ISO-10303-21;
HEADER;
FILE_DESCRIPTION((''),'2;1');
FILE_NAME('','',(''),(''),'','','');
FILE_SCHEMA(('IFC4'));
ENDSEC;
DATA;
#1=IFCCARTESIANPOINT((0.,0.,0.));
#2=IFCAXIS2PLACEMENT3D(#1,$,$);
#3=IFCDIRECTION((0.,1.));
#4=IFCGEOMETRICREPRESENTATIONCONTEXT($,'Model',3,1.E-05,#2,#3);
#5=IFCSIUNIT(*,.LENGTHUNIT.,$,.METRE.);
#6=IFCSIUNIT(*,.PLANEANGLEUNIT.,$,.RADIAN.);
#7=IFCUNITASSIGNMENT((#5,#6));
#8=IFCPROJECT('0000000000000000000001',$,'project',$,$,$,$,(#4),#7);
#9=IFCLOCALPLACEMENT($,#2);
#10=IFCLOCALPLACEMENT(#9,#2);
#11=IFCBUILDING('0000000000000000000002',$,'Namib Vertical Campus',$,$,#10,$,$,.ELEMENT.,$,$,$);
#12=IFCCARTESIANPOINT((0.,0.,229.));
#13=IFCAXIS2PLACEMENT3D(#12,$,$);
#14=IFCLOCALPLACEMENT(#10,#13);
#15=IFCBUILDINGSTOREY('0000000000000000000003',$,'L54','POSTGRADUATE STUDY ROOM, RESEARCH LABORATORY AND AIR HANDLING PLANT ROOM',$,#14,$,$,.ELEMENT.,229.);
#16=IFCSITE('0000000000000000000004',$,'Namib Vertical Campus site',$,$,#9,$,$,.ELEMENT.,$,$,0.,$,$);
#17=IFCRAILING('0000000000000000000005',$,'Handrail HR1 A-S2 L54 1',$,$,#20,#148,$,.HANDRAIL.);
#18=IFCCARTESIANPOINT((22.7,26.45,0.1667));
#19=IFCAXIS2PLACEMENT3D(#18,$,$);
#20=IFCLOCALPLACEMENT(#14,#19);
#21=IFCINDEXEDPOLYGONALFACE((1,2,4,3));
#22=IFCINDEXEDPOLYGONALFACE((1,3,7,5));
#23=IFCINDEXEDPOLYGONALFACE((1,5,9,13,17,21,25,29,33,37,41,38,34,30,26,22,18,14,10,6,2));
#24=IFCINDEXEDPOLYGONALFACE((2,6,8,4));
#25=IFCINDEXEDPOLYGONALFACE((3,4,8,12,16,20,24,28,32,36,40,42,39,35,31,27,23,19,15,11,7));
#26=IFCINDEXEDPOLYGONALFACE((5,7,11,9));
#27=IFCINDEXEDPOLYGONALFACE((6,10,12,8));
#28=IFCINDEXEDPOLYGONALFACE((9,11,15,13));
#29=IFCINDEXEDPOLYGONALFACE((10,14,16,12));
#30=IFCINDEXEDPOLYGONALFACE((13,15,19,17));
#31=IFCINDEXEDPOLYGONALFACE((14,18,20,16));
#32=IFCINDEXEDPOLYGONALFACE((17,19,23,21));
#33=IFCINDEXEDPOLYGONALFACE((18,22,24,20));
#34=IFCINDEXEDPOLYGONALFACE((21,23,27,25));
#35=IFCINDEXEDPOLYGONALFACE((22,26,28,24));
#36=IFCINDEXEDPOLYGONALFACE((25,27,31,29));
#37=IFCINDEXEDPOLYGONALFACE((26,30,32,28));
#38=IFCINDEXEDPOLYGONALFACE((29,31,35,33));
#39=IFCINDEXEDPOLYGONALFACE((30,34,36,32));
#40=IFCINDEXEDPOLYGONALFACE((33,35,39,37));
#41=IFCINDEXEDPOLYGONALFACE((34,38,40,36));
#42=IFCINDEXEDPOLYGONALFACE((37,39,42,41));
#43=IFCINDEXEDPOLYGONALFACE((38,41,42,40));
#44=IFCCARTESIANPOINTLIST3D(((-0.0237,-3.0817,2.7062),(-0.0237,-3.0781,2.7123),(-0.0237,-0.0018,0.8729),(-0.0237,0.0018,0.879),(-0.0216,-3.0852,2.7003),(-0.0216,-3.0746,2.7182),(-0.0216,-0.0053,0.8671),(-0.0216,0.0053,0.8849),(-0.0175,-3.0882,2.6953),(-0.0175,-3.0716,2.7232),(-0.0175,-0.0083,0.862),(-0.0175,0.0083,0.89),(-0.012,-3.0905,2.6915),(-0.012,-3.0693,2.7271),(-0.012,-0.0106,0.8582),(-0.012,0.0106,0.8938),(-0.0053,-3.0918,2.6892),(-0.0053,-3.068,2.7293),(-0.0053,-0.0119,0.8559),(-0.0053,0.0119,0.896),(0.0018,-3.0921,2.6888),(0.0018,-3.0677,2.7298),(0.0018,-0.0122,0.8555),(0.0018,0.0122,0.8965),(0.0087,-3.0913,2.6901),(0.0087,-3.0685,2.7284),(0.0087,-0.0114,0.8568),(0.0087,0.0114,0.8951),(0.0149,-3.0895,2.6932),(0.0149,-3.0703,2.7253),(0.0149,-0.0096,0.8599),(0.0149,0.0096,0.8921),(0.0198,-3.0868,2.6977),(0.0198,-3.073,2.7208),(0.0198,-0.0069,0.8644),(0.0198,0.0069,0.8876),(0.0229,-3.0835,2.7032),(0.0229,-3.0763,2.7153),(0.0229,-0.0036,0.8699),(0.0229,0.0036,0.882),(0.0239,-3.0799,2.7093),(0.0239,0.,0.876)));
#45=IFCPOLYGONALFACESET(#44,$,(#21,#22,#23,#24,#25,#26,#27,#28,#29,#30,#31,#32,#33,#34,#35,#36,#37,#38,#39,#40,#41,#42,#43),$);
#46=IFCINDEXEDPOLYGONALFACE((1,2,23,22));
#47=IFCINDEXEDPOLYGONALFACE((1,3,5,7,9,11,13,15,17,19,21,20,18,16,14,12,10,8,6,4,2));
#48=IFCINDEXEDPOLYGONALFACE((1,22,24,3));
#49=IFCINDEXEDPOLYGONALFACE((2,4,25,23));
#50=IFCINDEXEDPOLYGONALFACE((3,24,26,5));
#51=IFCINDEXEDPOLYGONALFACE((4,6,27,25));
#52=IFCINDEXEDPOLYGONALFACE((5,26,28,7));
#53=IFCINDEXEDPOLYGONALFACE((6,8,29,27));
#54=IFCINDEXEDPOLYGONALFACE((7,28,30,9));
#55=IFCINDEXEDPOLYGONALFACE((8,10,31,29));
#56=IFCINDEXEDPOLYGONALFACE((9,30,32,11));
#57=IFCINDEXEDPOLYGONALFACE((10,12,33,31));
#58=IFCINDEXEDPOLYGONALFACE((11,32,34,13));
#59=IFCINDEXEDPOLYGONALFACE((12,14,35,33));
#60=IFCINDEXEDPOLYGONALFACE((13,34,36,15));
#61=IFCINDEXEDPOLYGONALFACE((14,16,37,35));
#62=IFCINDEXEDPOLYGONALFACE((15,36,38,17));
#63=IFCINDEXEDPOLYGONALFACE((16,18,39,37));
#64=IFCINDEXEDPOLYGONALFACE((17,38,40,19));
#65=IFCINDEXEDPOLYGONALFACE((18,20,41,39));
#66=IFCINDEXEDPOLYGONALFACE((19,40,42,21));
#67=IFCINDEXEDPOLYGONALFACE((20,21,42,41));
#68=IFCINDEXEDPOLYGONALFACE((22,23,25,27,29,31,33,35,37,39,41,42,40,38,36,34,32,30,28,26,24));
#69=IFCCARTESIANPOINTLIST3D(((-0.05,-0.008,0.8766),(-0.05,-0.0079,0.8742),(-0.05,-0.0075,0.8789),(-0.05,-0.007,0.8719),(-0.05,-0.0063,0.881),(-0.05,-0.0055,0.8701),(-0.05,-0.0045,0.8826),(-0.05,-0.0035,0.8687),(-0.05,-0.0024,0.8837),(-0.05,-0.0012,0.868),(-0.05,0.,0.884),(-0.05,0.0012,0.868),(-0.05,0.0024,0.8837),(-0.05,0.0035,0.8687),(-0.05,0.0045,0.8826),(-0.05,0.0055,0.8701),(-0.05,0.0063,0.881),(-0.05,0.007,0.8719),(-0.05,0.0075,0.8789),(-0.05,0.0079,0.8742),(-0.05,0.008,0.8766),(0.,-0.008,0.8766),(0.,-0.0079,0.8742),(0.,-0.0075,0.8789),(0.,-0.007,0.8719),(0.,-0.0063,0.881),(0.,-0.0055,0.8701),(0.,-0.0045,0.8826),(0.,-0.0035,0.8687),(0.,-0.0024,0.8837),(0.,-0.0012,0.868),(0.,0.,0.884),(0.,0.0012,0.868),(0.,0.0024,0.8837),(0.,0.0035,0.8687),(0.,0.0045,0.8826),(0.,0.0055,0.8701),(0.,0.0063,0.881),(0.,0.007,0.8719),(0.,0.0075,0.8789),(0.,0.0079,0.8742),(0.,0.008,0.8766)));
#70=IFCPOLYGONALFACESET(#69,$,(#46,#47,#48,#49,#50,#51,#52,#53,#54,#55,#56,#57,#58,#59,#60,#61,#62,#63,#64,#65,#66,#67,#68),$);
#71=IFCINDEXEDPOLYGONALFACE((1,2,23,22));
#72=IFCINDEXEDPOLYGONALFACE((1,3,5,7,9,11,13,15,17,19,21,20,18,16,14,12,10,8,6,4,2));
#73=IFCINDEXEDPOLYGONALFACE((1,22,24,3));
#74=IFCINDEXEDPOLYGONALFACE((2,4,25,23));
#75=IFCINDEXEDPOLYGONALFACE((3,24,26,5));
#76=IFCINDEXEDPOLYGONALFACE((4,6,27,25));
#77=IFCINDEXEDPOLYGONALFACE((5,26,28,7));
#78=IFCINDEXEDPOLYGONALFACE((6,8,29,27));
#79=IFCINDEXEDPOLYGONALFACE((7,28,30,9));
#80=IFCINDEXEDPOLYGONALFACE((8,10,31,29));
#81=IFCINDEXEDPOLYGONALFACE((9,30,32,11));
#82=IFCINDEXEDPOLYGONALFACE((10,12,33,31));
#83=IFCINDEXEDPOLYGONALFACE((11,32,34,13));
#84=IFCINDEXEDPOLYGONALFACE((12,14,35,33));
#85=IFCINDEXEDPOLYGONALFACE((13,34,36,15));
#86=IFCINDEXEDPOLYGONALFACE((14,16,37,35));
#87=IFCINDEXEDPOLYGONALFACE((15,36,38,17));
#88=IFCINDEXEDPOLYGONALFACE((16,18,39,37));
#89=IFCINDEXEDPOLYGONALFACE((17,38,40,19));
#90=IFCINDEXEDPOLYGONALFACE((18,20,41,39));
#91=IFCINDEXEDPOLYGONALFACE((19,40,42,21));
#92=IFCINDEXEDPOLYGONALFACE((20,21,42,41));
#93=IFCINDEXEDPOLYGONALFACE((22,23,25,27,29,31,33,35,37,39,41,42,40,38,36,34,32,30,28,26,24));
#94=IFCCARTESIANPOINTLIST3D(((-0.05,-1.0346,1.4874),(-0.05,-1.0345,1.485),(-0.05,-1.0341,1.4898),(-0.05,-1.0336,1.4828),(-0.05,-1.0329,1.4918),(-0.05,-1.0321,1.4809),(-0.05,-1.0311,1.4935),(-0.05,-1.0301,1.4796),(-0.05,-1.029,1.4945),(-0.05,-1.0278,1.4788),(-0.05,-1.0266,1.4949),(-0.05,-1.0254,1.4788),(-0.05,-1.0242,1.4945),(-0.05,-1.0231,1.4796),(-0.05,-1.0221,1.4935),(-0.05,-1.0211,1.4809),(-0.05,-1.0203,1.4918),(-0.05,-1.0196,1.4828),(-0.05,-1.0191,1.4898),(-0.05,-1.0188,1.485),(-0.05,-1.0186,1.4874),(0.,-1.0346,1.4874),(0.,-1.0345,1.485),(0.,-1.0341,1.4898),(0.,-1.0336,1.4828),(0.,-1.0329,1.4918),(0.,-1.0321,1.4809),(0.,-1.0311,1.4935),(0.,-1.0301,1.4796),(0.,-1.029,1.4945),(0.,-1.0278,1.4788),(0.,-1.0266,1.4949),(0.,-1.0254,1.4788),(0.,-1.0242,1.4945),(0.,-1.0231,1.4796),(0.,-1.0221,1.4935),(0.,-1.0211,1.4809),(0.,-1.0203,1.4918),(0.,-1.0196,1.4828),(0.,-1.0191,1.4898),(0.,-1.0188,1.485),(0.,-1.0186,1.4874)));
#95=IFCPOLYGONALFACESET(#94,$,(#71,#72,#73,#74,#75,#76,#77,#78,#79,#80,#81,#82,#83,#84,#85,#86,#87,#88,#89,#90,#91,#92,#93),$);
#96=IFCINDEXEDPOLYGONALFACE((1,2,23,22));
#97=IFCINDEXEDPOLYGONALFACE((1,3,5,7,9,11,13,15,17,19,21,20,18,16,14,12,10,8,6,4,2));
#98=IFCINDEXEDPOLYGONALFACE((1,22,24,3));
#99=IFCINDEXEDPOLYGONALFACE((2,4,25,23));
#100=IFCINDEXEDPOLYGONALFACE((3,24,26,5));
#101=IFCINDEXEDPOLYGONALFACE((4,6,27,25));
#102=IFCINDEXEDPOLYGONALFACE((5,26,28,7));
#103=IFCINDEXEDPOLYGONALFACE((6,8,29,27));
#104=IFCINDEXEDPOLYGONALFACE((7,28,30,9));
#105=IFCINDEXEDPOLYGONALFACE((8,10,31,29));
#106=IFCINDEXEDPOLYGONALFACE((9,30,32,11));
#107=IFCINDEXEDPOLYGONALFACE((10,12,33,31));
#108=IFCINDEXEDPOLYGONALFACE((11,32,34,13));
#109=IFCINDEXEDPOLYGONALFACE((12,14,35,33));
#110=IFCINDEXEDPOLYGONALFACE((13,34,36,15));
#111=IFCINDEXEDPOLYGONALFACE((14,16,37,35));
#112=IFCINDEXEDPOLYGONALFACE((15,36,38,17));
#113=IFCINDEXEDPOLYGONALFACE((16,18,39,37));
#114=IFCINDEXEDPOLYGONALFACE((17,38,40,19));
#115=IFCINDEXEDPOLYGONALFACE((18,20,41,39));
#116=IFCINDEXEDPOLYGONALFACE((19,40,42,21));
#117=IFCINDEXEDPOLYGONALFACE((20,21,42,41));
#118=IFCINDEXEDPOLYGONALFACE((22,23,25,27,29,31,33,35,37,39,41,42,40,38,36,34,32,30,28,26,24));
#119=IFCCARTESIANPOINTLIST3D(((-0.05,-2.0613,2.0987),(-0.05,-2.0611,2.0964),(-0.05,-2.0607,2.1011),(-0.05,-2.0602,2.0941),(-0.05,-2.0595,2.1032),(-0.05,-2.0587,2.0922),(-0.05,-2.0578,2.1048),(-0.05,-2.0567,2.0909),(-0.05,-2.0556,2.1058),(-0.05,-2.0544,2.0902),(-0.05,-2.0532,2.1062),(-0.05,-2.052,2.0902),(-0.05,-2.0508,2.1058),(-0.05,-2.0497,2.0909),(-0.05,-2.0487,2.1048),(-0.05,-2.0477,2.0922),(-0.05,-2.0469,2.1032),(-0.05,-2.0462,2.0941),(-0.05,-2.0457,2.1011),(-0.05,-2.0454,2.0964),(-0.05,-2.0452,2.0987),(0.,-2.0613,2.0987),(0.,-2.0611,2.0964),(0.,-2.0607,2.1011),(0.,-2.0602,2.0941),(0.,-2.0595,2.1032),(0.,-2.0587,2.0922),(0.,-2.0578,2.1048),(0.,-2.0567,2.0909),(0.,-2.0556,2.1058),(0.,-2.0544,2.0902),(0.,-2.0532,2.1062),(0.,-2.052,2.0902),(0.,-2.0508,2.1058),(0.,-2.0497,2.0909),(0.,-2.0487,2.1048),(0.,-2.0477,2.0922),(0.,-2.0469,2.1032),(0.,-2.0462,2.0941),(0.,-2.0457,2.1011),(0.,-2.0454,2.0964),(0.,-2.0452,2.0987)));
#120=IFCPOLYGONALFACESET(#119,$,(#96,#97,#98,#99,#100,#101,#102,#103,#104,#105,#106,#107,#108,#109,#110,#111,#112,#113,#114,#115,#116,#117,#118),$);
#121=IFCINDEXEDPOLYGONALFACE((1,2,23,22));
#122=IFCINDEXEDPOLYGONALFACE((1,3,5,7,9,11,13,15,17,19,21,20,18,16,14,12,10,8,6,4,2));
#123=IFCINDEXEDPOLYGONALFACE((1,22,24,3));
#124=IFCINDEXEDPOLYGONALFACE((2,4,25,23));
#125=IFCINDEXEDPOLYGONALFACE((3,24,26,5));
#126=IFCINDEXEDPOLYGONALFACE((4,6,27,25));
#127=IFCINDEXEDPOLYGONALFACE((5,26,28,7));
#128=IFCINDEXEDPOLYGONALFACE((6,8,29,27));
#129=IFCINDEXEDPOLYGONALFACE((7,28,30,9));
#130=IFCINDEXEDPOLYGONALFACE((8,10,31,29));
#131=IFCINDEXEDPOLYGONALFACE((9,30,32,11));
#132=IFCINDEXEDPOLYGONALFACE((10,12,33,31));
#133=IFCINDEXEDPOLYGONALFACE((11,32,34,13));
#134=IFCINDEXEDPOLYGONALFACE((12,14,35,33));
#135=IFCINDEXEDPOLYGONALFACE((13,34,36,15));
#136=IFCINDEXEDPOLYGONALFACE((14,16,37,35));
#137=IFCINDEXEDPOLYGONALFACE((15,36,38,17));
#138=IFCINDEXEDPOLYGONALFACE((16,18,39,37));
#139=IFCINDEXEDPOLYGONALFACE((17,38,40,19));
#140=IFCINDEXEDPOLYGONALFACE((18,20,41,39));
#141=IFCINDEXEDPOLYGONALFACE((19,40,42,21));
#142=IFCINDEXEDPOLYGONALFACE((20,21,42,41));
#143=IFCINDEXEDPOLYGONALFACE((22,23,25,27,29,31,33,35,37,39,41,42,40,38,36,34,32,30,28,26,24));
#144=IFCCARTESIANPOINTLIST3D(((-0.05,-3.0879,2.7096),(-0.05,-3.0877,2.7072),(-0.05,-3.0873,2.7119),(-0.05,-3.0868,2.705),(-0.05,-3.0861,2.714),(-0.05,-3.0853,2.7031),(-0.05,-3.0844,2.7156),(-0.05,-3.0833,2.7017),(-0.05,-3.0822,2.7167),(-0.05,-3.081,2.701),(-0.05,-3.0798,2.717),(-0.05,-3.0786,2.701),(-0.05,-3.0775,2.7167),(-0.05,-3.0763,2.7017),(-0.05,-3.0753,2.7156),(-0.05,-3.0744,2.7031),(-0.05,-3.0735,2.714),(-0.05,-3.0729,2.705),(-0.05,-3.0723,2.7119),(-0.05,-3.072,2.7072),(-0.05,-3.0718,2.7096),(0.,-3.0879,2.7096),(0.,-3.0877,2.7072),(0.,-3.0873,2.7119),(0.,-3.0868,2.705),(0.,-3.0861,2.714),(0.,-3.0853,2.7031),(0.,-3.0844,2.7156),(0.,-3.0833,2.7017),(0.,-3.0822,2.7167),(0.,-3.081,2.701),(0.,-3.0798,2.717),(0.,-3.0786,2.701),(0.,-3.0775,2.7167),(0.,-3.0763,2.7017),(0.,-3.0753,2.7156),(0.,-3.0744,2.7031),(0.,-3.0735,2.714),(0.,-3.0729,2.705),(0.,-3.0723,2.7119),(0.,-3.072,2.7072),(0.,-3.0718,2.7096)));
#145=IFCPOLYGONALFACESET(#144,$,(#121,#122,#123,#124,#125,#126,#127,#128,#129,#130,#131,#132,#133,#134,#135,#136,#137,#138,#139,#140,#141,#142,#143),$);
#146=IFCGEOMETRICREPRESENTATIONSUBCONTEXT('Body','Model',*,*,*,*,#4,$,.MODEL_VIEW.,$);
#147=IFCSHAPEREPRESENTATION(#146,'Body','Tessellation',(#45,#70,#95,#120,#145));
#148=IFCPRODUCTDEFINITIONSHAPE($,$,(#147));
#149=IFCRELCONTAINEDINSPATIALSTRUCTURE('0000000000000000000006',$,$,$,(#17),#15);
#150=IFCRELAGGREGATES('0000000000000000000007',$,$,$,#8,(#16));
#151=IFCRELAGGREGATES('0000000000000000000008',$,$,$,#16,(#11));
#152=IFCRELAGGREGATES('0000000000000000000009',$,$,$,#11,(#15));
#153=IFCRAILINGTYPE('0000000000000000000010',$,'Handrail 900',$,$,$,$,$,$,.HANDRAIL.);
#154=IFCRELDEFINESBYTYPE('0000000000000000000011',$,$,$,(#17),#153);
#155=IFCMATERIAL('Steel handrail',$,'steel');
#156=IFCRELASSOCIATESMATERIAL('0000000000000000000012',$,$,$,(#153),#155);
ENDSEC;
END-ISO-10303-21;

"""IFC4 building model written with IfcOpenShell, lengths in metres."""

from ifc_helpers import new_model, si_unit, direction, frame, origin, origin_2d, place, context, subcontext, project, spatial, circle, extrude, material, type_object, element, save


model = new_model("IFC4")

# Units and contexts
model_context = context("Model", 3, precision=1e-05, world=origin(), true_north=direction((0.0, 1.0)))
body_context = subcontext(model_context, "Body", "Model", "MODEL_VIEW")
ifc_project = project(units=[si_unit("LENGTHUNIT", "METRE"), si_unit("PLANEANGLEUNIT", "RADIAN")], contexts=[model_context])

# Site, building, storey
site_placement = place(None, origin())
site = spatial("IfcSite", under=ifc_project, at=site_placement, Name="Namib Vertical Campus site", CompositionType="ELEMENT", RefElevation=0.0)
building_placement = place(site_placement, origin())
building = spatial("IfcBuilding", under=site, at=building_placement, Name="Namib Vertical Campus", CompositionType="ELEMENT")
storey_placement = place(building_placement, frame((0.0, 0.0, 229.0)))
storey = spatial("IfcBuildingStorey", under=building, at=storey_placement, Name="L54", Description="POSTGRADUATE STUDY ROOM, RESEARCH LABORATORY AND AIR HANDLING PLANT ROOM", CompositionType="ELEMENT", Elevation=229.0)

# Railing
ifc_material_1 = material(Name="Steel handrail", Category="steel")
railing_type_1 = type_object("IfcRailingType", Name="Handrail 900", PredefinedType="HANDRAIL", material=ifc_material_1)
railing_1_placement = place(storey_placement, frame((22.7, 26.45, 0.1667)))
element("IfcRailing", 1, at=railing_1_placement, inside=storey, type_object=railing_type_1, Name="Handrail HR1 A-S2 L54 1", PredefinedType="HANDRAIL", context=body_context, shape_type="SweptSolid", body=[
    extrude(circle(Radius=0.0239, at=origin_2d()), frame((0.0, 0.0, 0.876), z_axis=(0.0, -0.859291, 0.511487), x_axis=(1.0, 0.0, 0.0)), (0.0, 0.0, 1.0), 3.5842),
    extrude(circle(Radius=0.0081, at=origin_2d()), frame((0.0, 0.0, 0.876), z_axis=(-1.0, 0.0, 0.0), x_axis=(0.0, 0.0, 1.0)), (0.0, 0.0, 1.0), 0.05),
    extrude(circle(Radius=0.0081, at=origin_2d()), frame((0.0, -1.0266, 1.4868), z_axis=(-1.0, 0.0, 0.0), x_axis=(0.0, 0.0, 1.0)), (0.0, 0.0, 1.0), 0.05),
    extrude(circle(Radius=0.0081, at=origin_2d()), frame((0.0, -2.0532, 2.0981), z_axis=(-1.0, 0.0, 0.0), x_axis=(0.0, 0.0, 1.0)), (0.0, 0.0, 1.0), 0.05),
    extrude(circle(Radius=0.0081, at=origin_2d()), frame((0.0, -3.0798, 2.709), z_axis=(-1.0, 0.0, 0.0), x_axis=(0.0, 0.0, 1.0)), (0.0, 0.0, 1.0), 0.05),
])

save(model, "model.ifc")
